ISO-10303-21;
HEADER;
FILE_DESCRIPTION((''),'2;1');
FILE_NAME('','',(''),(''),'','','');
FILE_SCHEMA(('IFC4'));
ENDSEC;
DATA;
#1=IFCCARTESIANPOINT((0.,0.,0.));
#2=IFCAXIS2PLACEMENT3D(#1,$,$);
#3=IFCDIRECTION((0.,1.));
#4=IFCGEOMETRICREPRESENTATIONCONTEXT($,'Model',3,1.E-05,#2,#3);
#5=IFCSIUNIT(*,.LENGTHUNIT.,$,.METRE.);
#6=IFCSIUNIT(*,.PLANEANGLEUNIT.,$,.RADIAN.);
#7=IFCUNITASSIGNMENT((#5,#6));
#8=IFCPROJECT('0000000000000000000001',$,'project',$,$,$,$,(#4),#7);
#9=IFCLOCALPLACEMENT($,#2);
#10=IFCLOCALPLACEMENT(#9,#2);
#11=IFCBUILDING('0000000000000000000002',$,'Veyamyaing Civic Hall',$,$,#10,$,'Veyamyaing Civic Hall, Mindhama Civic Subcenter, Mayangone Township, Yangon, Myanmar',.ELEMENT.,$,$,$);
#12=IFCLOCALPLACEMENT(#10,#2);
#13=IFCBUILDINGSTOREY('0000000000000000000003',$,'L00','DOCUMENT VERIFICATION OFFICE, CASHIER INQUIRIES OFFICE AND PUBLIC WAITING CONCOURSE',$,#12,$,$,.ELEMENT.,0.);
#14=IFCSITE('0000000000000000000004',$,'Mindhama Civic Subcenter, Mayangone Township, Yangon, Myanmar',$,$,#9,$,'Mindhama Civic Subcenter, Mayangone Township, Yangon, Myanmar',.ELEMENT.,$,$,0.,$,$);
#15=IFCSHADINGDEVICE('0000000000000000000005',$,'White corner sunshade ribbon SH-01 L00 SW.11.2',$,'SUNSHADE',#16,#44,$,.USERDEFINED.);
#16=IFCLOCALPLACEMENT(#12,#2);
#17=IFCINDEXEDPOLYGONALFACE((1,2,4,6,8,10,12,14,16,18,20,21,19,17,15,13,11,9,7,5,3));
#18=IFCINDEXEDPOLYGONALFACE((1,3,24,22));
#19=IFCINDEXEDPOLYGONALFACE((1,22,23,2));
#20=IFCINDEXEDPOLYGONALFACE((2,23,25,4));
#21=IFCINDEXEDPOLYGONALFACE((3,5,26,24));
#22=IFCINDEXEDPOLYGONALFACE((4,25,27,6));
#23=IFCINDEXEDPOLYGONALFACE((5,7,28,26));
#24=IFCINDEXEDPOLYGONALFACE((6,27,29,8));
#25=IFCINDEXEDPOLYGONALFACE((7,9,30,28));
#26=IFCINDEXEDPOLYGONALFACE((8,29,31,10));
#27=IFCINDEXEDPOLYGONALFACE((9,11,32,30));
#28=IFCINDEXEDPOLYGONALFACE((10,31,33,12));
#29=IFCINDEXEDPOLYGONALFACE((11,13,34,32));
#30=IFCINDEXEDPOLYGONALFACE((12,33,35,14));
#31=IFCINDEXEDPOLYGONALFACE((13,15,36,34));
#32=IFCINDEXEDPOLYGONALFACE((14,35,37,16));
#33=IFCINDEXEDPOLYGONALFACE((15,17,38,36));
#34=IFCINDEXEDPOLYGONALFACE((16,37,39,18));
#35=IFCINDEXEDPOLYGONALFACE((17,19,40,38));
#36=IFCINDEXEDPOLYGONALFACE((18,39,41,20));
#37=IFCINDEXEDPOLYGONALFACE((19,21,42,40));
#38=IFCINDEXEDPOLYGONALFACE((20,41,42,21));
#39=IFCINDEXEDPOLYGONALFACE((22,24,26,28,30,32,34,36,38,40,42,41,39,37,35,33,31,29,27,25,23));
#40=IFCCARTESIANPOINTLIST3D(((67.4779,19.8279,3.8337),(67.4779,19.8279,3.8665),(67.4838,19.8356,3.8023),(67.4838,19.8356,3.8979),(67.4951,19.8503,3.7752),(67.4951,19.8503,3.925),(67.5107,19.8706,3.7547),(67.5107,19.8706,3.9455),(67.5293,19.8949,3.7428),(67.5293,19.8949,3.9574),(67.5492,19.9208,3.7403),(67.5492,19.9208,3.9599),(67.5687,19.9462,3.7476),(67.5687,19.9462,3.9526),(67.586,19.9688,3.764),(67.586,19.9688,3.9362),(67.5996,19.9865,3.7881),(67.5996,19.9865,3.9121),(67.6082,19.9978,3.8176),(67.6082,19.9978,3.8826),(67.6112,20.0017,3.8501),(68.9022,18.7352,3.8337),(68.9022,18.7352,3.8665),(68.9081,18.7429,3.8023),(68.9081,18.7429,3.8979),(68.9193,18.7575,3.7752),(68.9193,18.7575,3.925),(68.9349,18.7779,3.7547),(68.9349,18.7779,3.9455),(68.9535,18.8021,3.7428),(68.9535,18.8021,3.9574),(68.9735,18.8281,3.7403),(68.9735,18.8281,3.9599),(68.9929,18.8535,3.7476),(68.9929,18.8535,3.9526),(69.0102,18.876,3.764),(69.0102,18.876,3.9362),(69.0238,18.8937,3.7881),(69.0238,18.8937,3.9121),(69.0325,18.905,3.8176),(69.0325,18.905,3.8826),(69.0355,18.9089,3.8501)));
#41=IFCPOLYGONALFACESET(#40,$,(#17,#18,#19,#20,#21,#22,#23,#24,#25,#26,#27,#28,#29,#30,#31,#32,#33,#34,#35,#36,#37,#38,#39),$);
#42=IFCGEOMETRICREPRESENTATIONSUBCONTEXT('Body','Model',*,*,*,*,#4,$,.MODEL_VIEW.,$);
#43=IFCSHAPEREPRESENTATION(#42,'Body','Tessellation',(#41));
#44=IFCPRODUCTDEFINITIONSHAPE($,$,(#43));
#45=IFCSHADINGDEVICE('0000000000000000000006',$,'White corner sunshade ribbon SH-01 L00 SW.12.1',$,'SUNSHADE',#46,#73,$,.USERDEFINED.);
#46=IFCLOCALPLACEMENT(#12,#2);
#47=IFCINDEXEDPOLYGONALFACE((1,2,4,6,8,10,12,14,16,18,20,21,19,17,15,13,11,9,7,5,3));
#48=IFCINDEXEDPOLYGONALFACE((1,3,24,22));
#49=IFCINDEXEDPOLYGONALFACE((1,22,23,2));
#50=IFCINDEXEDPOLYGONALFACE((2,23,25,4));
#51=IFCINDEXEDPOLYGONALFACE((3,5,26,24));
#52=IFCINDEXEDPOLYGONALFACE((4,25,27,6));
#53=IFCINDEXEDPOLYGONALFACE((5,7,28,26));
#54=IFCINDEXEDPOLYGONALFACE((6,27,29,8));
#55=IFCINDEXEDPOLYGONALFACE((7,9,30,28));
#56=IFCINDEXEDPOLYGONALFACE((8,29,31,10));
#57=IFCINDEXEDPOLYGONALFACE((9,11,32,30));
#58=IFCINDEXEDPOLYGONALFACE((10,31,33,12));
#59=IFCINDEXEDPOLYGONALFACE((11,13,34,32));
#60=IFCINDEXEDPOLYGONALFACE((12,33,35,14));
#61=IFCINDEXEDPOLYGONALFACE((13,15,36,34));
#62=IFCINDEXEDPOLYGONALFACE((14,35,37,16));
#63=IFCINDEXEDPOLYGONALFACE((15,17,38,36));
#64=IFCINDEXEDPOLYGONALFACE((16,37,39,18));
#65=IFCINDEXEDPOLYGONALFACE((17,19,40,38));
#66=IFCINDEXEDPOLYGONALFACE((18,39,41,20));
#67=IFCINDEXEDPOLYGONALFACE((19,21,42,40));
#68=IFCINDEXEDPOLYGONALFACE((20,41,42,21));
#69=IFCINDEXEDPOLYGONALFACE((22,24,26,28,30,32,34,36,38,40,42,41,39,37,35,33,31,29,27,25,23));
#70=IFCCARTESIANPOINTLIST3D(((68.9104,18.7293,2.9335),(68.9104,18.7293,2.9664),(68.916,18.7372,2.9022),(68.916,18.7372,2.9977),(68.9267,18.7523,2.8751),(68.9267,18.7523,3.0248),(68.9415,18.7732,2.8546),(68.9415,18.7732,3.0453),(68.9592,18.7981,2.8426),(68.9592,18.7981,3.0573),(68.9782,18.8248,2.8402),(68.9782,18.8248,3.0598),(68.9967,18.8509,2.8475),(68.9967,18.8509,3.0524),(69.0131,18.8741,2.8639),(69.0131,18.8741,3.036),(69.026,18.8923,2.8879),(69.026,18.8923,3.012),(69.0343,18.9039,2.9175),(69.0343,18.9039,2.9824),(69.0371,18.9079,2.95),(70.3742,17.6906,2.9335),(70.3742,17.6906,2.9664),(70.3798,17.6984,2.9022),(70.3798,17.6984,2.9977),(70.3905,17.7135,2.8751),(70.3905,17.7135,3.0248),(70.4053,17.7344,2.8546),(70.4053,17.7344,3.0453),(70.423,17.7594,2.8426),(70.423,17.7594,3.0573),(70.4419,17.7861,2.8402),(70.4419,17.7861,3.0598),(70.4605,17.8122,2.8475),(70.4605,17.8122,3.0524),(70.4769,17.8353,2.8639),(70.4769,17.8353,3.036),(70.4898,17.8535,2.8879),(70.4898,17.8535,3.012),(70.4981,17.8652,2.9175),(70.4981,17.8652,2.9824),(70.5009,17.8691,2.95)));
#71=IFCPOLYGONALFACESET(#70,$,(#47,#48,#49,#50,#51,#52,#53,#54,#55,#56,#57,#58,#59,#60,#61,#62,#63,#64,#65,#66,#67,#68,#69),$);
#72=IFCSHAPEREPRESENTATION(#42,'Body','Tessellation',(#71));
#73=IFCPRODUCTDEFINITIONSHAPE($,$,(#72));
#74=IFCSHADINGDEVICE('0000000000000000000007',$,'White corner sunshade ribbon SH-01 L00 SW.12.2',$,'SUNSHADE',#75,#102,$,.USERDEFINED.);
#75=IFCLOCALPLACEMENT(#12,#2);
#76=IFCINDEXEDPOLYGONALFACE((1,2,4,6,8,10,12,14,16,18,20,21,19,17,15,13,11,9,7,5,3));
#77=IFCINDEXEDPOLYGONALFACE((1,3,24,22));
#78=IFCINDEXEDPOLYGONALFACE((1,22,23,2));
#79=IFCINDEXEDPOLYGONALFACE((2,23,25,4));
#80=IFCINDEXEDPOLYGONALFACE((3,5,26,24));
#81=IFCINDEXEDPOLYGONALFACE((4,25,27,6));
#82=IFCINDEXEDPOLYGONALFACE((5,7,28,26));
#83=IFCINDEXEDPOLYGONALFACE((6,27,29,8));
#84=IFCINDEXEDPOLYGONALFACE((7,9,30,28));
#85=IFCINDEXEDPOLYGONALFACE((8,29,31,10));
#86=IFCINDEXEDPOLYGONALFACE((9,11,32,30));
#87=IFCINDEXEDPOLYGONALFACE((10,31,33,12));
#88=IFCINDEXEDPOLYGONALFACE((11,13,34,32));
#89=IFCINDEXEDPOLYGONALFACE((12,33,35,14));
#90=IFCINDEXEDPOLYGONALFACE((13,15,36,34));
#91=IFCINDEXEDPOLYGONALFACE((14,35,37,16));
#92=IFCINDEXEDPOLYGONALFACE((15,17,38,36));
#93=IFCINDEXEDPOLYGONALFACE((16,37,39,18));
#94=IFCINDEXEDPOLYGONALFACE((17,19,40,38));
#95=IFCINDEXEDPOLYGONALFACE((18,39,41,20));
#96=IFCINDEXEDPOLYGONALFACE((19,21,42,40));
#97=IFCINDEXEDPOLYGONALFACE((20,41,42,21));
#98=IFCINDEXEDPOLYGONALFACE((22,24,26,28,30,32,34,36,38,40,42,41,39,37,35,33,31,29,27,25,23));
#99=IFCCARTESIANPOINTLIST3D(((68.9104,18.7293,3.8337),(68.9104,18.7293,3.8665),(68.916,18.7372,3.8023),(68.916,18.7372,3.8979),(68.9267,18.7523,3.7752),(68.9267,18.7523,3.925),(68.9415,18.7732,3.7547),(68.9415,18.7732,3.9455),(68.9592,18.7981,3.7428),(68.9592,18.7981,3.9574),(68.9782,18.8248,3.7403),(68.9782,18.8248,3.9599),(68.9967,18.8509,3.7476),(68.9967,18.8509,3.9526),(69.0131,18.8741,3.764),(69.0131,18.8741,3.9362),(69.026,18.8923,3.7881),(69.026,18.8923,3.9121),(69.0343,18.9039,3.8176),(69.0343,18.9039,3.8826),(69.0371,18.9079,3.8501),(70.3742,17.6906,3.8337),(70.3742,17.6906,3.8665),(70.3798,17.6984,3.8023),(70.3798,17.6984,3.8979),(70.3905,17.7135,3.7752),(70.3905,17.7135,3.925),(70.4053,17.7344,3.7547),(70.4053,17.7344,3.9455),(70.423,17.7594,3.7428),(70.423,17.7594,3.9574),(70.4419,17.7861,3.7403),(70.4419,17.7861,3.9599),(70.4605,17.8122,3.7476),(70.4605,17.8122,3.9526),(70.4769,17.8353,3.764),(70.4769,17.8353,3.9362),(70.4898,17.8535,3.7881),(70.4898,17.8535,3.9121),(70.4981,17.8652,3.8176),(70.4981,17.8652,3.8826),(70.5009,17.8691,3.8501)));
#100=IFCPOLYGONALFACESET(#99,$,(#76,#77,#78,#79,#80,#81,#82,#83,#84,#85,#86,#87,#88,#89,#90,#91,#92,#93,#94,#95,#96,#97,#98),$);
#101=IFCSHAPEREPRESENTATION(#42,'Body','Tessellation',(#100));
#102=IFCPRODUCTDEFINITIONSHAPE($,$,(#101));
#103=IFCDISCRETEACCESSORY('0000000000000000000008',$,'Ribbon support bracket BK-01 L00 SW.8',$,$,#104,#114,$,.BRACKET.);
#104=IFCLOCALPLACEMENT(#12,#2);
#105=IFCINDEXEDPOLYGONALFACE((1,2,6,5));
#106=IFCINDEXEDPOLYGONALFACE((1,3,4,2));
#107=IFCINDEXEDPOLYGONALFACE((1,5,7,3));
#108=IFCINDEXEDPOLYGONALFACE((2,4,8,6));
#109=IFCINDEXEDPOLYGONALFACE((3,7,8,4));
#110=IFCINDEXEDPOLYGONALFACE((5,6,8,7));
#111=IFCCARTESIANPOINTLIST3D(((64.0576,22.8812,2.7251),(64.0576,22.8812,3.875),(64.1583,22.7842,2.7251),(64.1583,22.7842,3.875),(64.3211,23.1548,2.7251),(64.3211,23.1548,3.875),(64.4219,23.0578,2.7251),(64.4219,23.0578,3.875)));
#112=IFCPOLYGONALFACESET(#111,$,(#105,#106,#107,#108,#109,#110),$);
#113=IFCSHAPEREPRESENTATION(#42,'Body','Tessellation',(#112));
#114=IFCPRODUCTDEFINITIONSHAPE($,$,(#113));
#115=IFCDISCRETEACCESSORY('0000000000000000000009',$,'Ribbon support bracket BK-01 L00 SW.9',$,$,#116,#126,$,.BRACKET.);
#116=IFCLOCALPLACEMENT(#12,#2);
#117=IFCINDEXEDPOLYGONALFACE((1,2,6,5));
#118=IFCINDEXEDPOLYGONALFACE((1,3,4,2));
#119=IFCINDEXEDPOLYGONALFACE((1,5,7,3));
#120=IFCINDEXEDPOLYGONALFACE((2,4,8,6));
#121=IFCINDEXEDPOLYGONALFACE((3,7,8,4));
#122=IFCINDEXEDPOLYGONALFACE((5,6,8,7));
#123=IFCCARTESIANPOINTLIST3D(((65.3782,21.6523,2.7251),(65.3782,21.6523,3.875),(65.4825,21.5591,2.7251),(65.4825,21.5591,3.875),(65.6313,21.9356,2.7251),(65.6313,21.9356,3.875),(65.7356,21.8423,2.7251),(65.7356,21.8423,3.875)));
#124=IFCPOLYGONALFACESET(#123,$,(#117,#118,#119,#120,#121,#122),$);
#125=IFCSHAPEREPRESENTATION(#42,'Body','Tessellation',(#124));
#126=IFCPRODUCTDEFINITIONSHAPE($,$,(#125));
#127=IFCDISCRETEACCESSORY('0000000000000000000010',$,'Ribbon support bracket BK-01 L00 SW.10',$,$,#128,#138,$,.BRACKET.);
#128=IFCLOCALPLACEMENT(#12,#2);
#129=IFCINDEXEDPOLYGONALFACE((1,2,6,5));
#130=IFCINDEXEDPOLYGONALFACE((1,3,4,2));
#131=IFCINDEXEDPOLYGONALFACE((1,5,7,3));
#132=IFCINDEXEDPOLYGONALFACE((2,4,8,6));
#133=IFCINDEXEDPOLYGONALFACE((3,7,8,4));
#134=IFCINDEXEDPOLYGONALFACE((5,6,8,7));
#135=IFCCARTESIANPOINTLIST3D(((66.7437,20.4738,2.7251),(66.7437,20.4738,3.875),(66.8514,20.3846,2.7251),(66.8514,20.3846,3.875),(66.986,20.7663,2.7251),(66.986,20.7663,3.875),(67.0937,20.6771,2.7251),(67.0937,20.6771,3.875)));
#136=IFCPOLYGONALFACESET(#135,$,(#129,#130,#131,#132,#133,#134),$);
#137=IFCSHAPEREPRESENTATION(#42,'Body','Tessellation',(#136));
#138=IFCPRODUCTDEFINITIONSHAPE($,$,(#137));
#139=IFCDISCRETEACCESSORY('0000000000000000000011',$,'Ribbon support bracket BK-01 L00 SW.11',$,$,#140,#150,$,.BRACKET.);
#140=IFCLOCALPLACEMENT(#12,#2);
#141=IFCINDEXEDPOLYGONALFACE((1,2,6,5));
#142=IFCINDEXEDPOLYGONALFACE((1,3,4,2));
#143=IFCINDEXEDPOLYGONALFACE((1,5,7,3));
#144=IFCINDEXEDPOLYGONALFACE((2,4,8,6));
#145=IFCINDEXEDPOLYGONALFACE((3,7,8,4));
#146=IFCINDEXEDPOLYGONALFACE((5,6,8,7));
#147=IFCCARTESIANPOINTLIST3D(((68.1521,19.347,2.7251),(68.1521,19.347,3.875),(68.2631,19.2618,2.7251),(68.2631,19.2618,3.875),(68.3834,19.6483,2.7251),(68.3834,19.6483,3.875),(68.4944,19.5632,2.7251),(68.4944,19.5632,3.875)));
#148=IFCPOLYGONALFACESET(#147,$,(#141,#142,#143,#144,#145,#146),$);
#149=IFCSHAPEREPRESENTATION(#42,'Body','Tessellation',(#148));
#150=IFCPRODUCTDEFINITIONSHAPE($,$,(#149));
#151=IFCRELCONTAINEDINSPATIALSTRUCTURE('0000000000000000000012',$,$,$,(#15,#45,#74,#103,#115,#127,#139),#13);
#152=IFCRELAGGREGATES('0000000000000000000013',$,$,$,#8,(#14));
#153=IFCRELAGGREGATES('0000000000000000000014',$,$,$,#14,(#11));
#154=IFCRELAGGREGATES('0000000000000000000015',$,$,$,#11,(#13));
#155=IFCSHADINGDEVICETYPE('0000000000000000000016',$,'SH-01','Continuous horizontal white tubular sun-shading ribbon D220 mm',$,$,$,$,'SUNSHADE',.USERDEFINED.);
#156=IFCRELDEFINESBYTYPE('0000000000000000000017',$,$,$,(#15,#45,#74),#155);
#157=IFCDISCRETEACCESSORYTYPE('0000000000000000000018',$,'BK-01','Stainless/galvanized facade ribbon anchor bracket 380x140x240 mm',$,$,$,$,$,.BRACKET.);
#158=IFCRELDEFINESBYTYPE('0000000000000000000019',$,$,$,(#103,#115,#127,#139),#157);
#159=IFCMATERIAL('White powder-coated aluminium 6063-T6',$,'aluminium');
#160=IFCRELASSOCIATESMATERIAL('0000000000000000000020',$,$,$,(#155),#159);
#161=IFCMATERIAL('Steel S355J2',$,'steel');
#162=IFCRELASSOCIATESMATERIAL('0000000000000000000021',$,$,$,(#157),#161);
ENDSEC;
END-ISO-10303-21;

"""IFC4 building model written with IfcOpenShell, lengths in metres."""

from ifc_helpers import new_model, si_unit, direction, frame, origin, origin_2d, place, context, subcontext, project, spatial, rectangle, circle, extrude, material, material_profile, profile_set, type_object, element, save


model = new_model("IFC4")

# Units and contexts
model_context = context("Model", 3, precision=1e-05, world=origin(), true_north=direction((0.0, 1.0)))
body_context = subcontext(model_context, "Body", "Model", "MODEL_VIEW")
ifc_project = project(units=[si_unit("LENGTHUNIT", "METRE"), si_unit("PLANEANGLEUNIT", "RADIAN")], contexts=[model_context])

# Site, building, storey
site_placement = place(None, origin())
site = spatial("IfcSite", under=ifc_project, at=site_placement, Name="Mindhama Civic Subcenter, Mayangone Township, Yangon, Myanmar", LongName="Mindhama Civic Subcenter, Mayangone Township, Yangon, Myanmar", CompositionType="ELEMENT", RefElevation=0.0)
building_placement = place(site_placement, origin())
building = spatial("IfcBuilding", under=site, at=building_placement, Name="Veyamyaing Civic Hall", LongName="Veyamyaing Civic Hall, Mindhama Civic Subcenter, Mayangone Township, Yangon, Myanmar", CompositionType="ELEMENT")
storey_placement = place(building_placement, origin())
storey = spatial("IfcBuildingStorey", under=building, at=storey_placement, Name="L00", Description="DOCUMENT VERIFICATION OFFICE, CASHIER INQUIRIES OFFICE AND PUBLIC WAITING CONCOURSE", CompositionType="ELEMENT", Elevation=0.0)

# Shared definitions
ifc_material_1 = material(Name="White powder-coated aluminium 6063-T6", Category="aluminium")

# Shading devices
ifc_material_profile_1 = material_profile(ifc_material_1, circle(Radius=0.1101, at=origin_2d()), Name="SHADE-TUBE-220")
ifc_profile_set_1 = profile_set([ifc_material_profile_1], Name="White powder-coated aluminium 6063-T6")
shading_device_type = type_object("IfcShadingDeviceType", Name="SH-01", Description="Continuous horizontal white tubular sun-shading ribbon D220 mm", ElementType="SUNSHADE", PredefinedType="USERDEFINED", material=ifc_profile_set_1)
for number, where, z_axis, x_axis, name in (
    (1, (67.5442, 19.9143, 3.8501), (0.793392, -0.608711, 0.0), (0.608711, 0.793392, 0.0), "White corner sunshade ribbon SH-01 L00 SW.11.2"),
):
    element("IfcShadingDevice", number, at=place(storey_placement, frame(where, z_axis=z_axis, x_axis=x_axis)), inside=storey, type_object=shading_device_type, Name=name, ObjectType="SUNSHADE", PredefinedType="USERDEFINED", context=body_context, shape_type="SweptSolid", body=[
        extrude(circle(Radius=0.1101, at=origin_2d()), origin(), (0.0, 0.0, 1.0), 1.7952),
    ])
for number, where, z_axis, x_axis, name in (
    (2, (68.9734, 18.8181, 2.95), (0.815522, -0.578727, 0.0), (0.578727, 0.815522, 0.0), "White corner sunshade ribbon SH-01 L00 SW.12.1"),
    (3, (68.9734, 18.8181, 3.8501), (0.815522, -0.578727, 0.0), (0.578727, 0.815522, 0.0), "White corner sunshade ribbon SH-01 L00 SW.12.2"),
):
    element("IfcShadingDevice", number, at=place(storey_placement, frame(where, z_axis=z_axis, x_axis=x_axis)), inside=storey, type_object=shading_device_type, Name=name, ObjectType="SUNSHADE", PredefinedType="USERDEFINED", context=body_context, shape_type="SweptSolid", body=[
        extrude(circle(Radius=0.1101, at=origin_2d()), origin(), (0.0, 0.0, 1.0), 1.7949),
    ])

# Discrete accessories
ifc_material_2 = material(Name="Steel S355J2", Category="steel")
discrete_accessory_type = type_object("IfcDiscreteAccessoryType", Name="BK-01", Description="Stainless/galvanized facade ribbon anchor bracket 380x140x240 mm", PredefinedType="BRACKET", material=ifc_material_2)
for number, where, z_axis, x_axis, name in (
    (4, (64.2397, 22.9695, 2.7251), (0.0, 0.0, 1.0), (-0.693761, -0.720205, 0.0), "Ribbon support bracket BK-01 L00 SW.8"),
    (5, (65.5569, 21.7473, 2.7251), (0.0, 0.0, 1.0), (-0.666347, -0.745642, 0.0), "Ribbon support bracket BK-01 L00 SW.9"),
    (6, (66.9187, 20.5754, 2.7251), (0.0, 0.0, 1.0), (-0.638, -0.770036, 0.0), "Ribbon support bracket BK-01 L00 SW.10"),
    (7, (68.3232, 19.4551, 2.7251), (0.0, 0.0, 1.0), (-0.608761, -0.793353, 0.0), "Ribbon support bracket BK-01 L00 SW.11"),
):
    element("IfcDiscreteAccessory", number, at=place(storey_placement, frame(where, z_axis=z_axis, x_axis=x_axis)), inside=storey, type_object=discrete_accessory_type, Name=name, PredefinedType="BRACKET", context=body_context, shape_type="SweptSolid", body=[
        extrude(rectangle(XDim=0.3799, YDim=0.1399, at=origin_2d()), origin(), (0.0, 0.0, 1.0), 1.1499),
    ])

save(model, "model.ifc")
